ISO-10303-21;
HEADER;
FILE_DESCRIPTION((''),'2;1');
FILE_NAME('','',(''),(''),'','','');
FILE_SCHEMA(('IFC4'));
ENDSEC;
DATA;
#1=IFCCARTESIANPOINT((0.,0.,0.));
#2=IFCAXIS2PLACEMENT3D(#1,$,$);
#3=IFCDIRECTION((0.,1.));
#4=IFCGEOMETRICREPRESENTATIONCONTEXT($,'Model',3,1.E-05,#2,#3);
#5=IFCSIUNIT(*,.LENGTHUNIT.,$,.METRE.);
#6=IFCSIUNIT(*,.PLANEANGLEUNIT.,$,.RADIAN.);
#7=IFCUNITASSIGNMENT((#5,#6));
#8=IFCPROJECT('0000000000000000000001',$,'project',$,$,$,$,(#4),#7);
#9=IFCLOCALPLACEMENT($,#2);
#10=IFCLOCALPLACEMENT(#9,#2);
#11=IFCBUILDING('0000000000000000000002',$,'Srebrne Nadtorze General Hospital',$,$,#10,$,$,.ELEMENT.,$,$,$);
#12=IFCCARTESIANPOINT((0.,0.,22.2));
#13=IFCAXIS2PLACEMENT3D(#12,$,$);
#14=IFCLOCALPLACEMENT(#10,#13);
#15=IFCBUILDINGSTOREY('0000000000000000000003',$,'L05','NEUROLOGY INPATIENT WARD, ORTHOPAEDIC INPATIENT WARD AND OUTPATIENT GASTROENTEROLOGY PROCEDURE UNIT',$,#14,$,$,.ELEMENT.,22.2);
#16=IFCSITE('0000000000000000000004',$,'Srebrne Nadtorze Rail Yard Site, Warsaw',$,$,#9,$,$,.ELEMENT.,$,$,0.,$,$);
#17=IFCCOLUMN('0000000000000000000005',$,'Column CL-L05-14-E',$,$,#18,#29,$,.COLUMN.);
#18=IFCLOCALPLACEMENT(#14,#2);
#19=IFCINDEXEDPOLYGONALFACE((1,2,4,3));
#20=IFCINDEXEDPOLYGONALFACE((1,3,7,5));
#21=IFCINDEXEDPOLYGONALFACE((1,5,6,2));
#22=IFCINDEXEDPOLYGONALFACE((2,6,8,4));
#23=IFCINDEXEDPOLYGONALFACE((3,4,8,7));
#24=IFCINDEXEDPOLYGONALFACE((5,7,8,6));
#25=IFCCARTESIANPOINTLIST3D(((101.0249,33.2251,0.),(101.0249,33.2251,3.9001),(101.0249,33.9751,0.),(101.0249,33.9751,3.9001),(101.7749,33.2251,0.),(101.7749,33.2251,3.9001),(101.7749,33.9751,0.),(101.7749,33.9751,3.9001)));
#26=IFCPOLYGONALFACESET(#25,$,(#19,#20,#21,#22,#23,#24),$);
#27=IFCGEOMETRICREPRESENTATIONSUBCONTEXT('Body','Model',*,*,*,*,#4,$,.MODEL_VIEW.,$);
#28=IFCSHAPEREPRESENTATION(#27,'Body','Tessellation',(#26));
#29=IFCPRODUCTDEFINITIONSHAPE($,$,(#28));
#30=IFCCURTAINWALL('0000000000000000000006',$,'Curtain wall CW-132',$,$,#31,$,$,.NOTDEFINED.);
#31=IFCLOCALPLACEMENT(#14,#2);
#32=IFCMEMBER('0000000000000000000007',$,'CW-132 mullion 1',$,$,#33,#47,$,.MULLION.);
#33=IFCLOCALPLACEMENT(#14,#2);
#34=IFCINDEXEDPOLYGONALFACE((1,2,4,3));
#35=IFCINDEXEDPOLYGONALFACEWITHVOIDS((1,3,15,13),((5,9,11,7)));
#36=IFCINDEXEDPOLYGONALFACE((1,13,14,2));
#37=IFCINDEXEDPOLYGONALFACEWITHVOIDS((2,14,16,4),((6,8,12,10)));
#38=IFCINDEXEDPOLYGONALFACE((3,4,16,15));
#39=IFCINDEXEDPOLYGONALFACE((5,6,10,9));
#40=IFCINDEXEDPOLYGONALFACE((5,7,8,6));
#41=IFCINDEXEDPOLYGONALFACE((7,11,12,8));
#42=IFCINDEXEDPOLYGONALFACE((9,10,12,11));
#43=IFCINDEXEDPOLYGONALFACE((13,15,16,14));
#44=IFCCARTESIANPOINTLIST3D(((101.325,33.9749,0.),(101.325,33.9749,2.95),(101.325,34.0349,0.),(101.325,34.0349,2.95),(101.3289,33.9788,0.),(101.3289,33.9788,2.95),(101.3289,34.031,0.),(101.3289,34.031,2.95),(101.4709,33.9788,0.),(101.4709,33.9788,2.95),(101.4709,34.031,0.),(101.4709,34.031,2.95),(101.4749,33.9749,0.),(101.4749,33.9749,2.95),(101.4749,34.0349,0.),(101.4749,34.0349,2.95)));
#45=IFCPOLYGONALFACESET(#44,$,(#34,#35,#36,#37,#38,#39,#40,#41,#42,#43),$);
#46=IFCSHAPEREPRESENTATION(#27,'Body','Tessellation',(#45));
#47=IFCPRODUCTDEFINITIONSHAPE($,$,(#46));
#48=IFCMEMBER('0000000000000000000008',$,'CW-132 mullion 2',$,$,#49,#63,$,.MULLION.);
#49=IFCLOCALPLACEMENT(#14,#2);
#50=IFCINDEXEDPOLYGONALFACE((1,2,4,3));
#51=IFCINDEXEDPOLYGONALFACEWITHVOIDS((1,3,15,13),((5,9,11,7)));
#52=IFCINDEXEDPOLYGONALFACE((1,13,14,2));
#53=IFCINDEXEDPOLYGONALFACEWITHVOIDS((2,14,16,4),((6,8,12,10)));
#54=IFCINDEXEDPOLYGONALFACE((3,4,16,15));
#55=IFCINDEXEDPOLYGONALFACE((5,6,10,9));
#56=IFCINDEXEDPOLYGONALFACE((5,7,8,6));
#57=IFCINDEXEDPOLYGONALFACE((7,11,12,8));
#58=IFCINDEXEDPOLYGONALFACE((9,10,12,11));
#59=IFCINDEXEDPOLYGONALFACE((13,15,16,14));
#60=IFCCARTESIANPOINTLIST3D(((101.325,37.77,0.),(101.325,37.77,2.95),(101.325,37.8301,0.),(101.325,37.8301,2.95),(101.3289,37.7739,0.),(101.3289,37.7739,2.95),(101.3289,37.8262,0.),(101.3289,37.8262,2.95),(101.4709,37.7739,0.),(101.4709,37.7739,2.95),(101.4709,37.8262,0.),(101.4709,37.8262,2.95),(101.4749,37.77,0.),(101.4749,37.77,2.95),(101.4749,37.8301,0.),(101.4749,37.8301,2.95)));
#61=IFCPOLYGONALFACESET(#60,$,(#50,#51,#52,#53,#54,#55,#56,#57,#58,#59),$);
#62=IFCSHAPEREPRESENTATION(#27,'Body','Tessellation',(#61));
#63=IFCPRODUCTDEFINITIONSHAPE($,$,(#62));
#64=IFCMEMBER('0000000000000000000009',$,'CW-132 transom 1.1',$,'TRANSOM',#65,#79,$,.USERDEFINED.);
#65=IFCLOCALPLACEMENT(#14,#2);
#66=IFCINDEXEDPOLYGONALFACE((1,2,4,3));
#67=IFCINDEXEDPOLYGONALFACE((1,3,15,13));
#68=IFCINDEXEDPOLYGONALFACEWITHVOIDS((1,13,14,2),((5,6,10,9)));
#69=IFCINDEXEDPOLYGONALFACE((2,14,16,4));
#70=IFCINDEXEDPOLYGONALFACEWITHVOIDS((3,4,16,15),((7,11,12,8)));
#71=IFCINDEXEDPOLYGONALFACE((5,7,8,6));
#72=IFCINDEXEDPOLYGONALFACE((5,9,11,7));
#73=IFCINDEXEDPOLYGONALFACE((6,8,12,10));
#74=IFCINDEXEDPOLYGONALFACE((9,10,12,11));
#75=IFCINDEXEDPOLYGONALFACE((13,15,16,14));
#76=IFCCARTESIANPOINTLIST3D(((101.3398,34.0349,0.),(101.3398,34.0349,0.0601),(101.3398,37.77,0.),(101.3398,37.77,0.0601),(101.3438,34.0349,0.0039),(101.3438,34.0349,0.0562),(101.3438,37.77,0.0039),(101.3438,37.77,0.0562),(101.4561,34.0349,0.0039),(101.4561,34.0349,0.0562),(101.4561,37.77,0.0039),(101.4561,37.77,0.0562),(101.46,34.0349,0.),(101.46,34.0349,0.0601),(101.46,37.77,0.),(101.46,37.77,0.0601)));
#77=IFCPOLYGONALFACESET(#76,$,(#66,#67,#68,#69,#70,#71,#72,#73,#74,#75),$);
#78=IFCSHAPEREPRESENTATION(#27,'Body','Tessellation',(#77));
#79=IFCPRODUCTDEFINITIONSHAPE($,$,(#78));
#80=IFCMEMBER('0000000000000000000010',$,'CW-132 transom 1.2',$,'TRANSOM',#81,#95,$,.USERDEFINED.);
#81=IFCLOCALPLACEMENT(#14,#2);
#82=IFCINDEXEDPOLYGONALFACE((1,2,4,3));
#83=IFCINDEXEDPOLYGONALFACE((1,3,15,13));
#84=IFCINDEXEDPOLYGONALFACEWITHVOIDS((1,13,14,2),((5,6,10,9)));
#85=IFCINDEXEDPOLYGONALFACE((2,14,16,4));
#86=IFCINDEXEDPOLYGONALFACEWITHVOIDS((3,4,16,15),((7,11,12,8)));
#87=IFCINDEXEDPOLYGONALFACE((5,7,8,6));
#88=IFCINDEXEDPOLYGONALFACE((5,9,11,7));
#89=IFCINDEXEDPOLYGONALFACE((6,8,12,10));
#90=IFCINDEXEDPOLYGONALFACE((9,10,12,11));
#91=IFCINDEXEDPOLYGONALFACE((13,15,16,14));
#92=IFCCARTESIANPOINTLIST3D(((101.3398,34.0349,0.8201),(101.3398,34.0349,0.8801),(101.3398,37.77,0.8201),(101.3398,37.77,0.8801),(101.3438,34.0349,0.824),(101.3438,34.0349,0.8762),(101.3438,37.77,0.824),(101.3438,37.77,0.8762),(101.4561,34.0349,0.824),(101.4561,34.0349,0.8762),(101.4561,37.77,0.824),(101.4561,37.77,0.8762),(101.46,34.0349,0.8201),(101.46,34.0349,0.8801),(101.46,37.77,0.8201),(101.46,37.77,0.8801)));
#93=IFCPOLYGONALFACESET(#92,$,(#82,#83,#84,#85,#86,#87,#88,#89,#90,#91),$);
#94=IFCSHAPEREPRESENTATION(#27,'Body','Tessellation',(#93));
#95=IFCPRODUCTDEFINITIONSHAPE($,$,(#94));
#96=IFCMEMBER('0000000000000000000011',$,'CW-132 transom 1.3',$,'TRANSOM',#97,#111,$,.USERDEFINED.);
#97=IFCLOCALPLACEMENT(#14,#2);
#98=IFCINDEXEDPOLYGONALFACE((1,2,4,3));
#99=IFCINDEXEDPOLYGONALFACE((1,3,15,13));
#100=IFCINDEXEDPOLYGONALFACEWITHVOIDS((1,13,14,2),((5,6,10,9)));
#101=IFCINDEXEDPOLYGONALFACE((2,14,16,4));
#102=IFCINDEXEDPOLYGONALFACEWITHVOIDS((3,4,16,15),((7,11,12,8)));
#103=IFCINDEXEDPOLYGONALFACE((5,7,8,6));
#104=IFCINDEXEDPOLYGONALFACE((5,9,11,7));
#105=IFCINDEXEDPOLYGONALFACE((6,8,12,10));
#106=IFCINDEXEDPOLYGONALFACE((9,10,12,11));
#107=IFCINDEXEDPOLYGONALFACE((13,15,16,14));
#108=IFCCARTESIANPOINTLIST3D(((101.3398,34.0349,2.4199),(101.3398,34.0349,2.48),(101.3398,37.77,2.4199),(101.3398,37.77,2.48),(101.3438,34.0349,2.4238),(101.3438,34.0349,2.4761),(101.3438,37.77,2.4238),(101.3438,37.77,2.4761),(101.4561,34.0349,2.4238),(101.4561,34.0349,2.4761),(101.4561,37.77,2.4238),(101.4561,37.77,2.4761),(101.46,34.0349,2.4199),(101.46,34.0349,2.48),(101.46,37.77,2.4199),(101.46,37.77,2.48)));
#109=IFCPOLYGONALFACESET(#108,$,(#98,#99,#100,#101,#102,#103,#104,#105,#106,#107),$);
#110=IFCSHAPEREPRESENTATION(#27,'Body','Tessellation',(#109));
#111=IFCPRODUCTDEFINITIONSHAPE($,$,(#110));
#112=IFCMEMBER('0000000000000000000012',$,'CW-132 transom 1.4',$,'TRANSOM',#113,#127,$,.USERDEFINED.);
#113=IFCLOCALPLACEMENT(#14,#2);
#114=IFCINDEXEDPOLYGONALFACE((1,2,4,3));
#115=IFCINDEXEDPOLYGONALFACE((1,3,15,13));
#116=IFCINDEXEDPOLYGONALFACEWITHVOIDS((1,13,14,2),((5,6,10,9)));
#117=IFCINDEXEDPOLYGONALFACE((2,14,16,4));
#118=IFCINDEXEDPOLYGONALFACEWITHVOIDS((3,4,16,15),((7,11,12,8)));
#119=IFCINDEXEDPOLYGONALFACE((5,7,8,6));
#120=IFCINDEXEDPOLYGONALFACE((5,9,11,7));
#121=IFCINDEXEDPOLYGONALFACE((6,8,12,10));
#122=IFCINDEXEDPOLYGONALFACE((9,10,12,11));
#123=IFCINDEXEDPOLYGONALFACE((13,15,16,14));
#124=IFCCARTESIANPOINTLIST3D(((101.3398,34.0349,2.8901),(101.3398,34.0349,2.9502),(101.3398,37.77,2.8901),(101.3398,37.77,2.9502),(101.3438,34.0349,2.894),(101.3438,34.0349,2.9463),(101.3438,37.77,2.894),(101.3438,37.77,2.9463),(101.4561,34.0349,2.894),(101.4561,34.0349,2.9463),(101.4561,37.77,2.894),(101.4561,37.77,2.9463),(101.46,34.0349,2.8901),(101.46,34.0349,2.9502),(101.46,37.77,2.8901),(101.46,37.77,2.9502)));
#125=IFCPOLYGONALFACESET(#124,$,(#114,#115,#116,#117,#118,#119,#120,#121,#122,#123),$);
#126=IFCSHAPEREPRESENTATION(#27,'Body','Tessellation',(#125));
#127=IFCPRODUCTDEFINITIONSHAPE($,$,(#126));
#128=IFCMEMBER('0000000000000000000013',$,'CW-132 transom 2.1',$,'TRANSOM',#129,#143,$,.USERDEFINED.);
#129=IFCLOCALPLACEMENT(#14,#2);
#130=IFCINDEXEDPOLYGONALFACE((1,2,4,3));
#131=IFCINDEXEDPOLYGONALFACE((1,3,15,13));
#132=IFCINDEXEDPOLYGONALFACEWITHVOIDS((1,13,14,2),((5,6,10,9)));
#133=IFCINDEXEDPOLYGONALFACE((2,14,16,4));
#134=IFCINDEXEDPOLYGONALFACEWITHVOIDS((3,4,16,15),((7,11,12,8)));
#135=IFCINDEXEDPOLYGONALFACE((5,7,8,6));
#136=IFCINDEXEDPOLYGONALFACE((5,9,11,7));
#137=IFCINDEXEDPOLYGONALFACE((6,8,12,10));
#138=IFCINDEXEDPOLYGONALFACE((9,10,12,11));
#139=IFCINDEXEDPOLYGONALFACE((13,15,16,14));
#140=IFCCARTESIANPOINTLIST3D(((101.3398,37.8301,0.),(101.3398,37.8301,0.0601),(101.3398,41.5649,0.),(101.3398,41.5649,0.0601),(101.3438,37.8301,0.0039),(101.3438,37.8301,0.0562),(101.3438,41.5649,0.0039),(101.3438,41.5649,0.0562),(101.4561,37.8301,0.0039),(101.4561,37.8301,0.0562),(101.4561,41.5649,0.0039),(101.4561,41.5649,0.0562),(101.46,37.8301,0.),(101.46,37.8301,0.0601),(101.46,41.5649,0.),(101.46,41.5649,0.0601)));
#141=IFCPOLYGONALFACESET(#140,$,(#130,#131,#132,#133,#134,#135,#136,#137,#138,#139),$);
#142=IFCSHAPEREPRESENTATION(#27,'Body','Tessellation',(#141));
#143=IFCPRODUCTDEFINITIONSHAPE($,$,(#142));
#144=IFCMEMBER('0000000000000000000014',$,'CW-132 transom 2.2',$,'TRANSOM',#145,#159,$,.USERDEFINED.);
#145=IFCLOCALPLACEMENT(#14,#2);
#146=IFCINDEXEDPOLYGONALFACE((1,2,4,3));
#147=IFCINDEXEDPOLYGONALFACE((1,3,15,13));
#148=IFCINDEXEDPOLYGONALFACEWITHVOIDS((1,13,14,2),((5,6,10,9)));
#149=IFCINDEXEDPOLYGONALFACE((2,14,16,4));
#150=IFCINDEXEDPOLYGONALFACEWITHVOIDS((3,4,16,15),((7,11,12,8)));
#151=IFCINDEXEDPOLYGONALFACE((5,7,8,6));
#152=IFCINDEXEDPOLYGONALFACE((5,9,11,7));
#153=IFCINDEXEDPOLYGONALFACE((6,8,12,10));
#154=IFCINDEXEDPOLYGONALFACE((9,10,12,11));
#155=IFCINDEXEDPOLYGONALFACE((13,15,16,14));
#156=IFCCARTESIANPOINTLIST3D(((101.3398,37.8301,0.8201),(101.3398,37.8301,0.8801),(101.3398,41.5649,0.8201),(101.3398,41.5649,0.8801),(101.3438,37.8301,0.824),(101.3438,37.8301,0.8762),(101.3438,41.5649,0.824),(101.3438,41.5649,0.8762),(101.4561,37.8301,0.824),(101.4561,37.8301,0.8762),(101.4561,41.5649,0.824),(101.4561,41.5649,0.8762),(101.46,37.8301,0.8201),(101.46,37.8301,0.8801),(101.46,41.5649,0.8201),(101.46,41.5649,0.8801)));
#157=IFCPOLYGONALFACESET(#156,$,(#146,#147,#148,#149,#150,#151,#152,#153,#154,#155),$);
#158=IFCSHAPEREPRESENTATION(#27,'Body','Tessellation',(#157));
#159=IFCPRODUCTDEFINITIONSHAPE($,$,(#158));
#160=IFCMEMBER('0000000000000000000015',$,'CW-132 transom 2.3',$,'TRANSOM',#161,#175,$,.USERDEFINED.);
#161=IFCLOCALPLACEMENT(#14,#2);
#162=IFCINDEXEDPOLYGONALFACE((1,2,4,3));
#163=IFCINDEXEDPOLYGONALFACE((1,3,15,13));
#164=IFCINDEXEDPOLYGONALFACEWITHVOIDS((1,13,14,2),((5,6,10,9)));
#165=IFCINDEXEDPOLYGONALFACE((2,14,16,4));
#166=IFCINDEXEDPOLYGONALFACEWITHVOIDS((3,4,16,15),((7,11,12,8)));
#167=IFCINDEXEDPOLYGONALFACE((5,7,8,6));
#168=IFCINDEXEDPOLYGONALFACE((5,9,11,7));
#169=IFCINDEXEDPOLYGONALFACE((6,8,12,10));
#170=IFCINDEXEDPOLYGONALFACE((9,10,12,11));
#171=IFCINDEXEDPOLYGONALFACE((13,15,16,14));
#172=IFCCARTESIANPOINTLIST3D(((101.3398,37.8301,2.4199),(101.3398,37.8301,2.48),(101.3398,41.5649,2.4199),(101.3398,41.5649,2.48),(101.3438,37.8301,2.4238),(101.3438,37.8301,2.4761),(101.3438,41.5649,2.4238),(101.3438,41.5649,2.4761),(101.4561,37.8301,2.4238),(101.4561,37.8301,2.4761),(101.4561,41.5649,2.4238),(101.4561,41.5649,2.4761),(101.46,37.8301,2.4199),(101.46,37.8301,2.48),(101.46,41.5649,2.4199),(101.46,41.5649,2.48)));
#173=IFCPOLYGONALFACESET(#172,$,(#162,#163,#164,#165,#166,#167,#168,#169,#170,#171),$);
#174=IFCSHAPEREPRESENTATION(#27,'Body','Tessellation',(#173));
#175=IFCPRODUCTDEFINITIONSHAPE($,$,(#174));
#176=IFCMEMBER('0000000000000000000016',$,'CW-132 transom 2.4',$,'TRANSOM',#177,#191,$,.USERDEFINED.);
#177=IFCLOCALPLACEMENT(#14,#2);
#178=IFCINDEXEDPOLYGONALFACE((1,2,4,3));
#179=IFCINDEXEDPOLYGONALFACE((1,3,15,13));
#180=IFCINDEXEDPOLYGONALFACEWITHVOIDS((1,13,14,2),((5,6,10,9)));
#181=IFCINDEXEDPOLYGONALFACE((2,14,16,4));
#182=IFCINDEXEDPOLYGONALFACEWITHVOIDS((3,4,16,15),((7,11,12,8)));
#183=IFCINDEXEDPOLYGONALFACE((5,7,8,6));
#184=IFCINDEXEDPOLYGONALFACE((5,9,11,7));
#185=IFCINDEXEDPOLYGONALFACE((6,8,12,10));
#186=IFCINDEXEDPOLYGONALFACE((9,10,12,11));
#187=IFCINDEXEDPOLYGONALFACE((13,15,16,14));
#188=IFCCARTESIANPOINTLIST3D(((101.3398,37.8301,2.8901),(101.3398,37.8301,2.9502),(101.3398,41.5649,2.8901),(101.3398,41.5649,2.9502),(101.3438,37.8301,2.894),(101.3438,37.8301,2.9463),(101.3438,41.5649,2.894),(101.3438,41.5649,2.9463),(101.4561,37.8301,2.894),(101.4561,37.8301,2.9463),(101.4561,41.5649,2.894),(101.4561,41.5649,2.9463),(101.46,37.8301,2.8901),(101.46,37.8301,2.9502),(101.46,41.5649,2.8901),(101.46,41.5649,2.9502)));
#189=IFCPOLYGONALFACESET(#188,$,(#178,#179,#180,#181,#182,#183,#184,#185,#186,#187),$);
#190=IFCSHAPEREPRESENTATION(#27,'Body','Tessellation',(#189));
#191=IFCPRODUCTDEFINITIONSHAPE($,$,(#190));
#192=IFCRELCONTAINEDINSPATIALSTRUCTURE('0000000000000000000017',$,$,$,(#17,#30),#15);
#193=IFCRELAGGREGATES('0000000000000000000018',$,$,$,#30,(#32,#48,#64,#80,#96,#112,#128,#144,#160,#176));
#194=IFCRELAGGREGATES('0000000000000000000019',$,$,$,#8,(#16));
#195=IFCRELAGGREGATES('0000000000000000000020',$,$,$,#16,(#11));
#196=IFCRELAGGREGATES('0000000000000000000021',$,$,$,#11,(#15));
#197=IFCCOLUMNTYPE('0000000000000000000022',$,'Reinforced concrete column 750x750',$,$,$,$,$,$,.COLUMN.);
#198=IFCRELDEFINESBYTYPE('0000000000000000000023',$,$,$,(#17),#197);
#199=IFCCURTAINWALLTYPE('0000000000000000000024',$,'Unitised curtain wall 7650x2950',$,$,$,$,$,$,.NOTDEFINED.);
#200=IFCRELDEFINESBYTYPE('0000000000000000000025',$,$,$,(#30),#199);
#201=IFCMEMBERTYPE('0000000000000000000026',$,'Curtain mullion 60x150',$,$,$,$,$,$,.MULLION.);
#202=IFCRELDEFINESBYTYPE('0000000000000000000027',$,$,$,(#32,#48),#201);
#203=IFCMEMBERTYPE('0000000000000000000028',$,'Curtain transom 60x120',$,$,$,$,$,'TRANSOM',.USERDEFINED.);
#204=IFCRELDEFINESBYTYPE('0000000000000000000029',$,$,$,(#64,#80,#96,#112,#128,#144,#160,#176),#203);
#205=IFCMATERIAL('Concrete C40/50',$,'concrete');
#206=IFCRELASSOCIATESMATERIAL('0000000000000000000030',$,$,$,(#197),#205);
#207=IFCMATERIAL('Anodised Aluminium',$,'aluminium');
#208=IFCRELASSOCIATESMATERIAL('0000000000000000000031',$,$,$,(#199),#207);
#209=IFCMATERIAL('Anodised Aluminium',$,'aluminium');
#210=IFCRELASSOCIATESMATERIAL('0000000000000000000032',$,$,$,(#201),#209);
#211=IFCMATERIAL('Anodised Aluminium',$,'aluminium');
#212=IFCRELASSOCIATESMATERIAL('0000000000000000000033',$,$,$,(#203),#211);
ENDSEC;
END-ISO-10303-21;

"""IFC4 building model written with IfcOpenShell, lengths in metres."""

from ifc_helpers import new_model, si_unit, direction, frame, origin, origin_2d, place, context, subcontext, project, spatial, rectangle, hollow_rectangle, extrude, material, material_profile, profile_set, type_object, element, aggregate, save


model = new_model("IFC4")

# Units and contexts
model_context = context("Model", 3, precision=1e-05, world=origin(), true_north=direction((0.0, 1.0)))
body_context = subcontext(model_context, "Body", "Model", "MODEL_VIEW")
ifc_project = project(units=[si_unit("LENGTHUNIT", "METRE"), si_unit("PLANEANGLEUNIT", "RADIAN")], contexts=[model_context])

# Site, building, storey
site_placement = place(None, origin())
site = spatial("IfcSite", under=ifc_project, at=site_placement, Name="Srebrne Nadtorze Rail Yard Site, Warsaw", CompositionType="ELEMENT", RefElevation=0.0)
building_placement = place(site_placement, origin())
building = spatial("IfcBuilding", under=site, at=building_placement, Name="Srebrne Nadtorze General Hospital", CompositionType="ELEMENT")
storey_placement = place(building_placement, frame((0.0, 0.0, 22.2)))
storey = spatial("IfcBuildingStorey", under=building, at=storey_placement, Name="L05", Description="NEUROLOGY INPATIENT WARD, ORTHOPAEDIC INPATIENT WARD AND OUTPATIENT GASTROENTEROLOGY PROCEDURE UNIT", CompositionType="ELEMENT", Elevation=22.2)

# Column
ifc_material_1 = material(Name="Concrete C40/50", Category="concrete")
ifc_material_profile_1 = material_profile(ifc_material_1, rectangle(XDim=0.75, YDim=0.75, at=origin_2d()), Name="RC-COL-750x750")
ifc_profile_set_1 = profile_set([ifc_material_profile_1], Name="Concrete C40/50")
column_type = type_object("IfcColumnType", Name="Reinforced concrete column 750x750", PredefinedType="COLUMN", material=ifc_profile_set_1)
column_placement = place(storey_placement, frame((101.3999, 33.6001, 0.0), z_axis=(0.0, 0.0, 1.0), x_axis=(1.0, 0.0, 0.0)))
element("IfcColumn", 1, at=column_placement, inside=storey, type_object=column_type, Name="Column CL-L05-14-E", PredefinedType="COLUMN", context=body_context, shape_type="SweptSolid", body=[
    extrude(rectangle(XDim=0.75, YDim=0.75, at=origin_2d()), origin(), (0.0, 0.0, 1.0), 3.9001),
])

# Curtain wall, members
ifc_material_2 = material(Name="Anodised Aluminium", Category="aluminium")
curtain_wall_type = type_object("IfcCurtainWallType", Name="Unitised curtain wall 7650x2950", PredefinedType="NOTDEFINED", material=ifc_material_2)
curtain_wall_placement = place(storey_placement, origin())
curtain_wall = element("IfcCurtainWall", 2, at=curtain_wall_placement, inside=storey, type_object=curtain_wall_type, Name="Curtain wall CW-132", PredefinedType="NOTDEFINED")
ifc_material_3 = material(Name="Anodised Aluminium", Category="aluminium")
ifc_material_profile_2 = material_profile(ifc_material_3, hollow_rectangle(XDim=0.0601, YDim=0.1499, WallThickness=0.0039, at=origin_2d()), Name="AL-MUL-60x150")
ifc_profile_set_2 = profile_set([ifc_material_profile_2], Name="Anodised Aluminium")
member_type_1 = type_object("IfcMemberType", Name="Curtain mullion 60x150", PredefinedType="MULLION", material=ifc_profile_set_2)
member_1_placement = place(storey_placement, frame((101.3999, 34.0049, 0.0), z_axis=(0.0, 0.0, 1.0), x_axis=(0.0, 1.0, 0.0)))
member_1 = element("IfcMember", 3, at=member_1_placement, type_object=member_type_1, Name="CW-132 mullion 1", PredefinedType="MULLION", context=body_context, shape_type="SweptSolid", body=[
    extrude(hollow_rectangle(XDim=0.0601, YDim=0.1499, WallThickness=0.0039, at=origin_2d()), origin(), (0.0, 0.0, 1.0), 2.95),
])
member_2_placement = place(storey_placement, frame((101.3999, 37.8, 0.0), z_axis=(0.0, 0.0, 1.0), x_axis=(0.0, 1.0, 0.0)))
member_2 = element("IfcMember", 4, at=member_2_placement, type_object=member_type_1, Name="CW-132 mullion 2", PredefinedType="MULLION", context=body_context, shape_type="SweptSolid", body=[
    extrude(hollow_rectangle(XDim=0.0601, YDim=0.1499, WallThickness=0.0039, at=origin_2d()), origin(), (0.0, 0.0, 1.0), 2.95),
])
ifc_material_4 = material(Name="Anodised Aluminium", Category="aluminium")
ifc_material_profile_3 = material_profile(ifc_material_4, hollow_rectangle(XDim=0.0601, YDim=0.1201, WallThickness=0.0039, at=origin_2d()), Name="AL-TRN-60x120")
ifc_profile_set_3 = profile_set([ifc_material_profile_3], Name="Anodised Aluminium")
member_type_2 = type_object("IfcMemberType", Name="Curtain transom 60x120", ElementType="TRANSOM", PredefinedType="USERDEFINED", material=ifc_profile_set_3)
member_3_placement = place(storey_placement, frame((101.3999, 34.0349, 0.03), z_axis=(0.0, 1.0, 0.0), x_axis=(0.0, 0.0, 1.0)))
member_3 = element("IfcMember", 5, at=member_3_placement, type_object=member_type_2, Name="CW-132 transom 1.1", ObjectType="TRANSOM", PredefinedType="USERDEFINED", context=body_context, shape_type="SweptSolid", body=[
    extrude(hollow_rectangle(XDim=0.0601, YDim=0.1201, WallThickness=0.0039, at=origin_2d()), origin(), (0.0, 0.0, 1.0), 3.7351),
])
member_4_placement = place(storey_placement, frame((101.3999, 34.0349, 0.8501), z_axis=(0.0, 1.0, 0.0), x_axis=(0.0, 0.0, 1.0)))
member_4 = element("IfcMember", 6, at=member_4_placement, type_object=member_type_2, Name="CW-132 transom 1.2", ObjectType="TRANSOM", PredefinedType="USERDEFINED", context=body_context, shape_type="SweptSolid", body=[
    extrude(hollow_rectangle(XDim=0.0601, YDim=0.1201, WallThickness=0.0039, at=origin_2d()), origin(), (0.0, 0.0, 1.0), 3.7351),
])
member_5_placement = place(storey_placement, frame((101.3999, 34.0349, 2.45), z_axis=(0.0, 1.0, 0.0), x_axis=(0.0, 0.0, 1.0)))
member_5 = element("IfcMember", 7, at=member_5_placement, type_object=member_type_2, Name="CW-132 transom 1.3", ObjectType="TRANSOM", PredefinedType="USERDEFINED", context=body_context, shape_type="SweptSolid", body=[
    extrude(hollow_rectangle(XDim=0.0601, YDim=0.1201, WallThickness=0.0039, at=origin_2d()), origin(), (0.0, 0.0, 1.0), 3.7351),
])
member_6_placement = place(storey_placement, frame((101.3999, 34.0349, 2.9202), z_axis=(0.0, 1.0, 0.0), x_axis=(0.0, 0.0, 1.0)))
member_6 = element("IfcMember", 8, at=member_6_placement, type_object=member_type_2, Name="CW-132 transom 1.4", ObjectType="TRANSOM", PredefinedType="USERDEFINED", context=body_context, shape_type="SweptSolid", body=[
    extrude(hollow_rectangle(XDim=0.0601, YDim=0.1201, WallThickness=0.0039, at=origin_2d()), origin(), (0.0, 0.0, 1.0), 3.7351),
])
member_7_placement = place(storey_placement, frame((101.3999, 37.8301, 0.03), z_axis=(0.0, 1.0, 0.0), x_axis=(0.0, 0.0, 1.0)))
member_7 = element("IfcMember", 9, at=member_7_placement, type_object=member_type_2, Name="CW-132 transom 2.1", ObjectType="TRANSOM", PredefinedType="USERDEFINED", context=body_context, shape_type="SweptSolid", body=[
    extrude(hollow_rectangle(XDim=0.0601, YDim=0.1201, WallThickness=0.0039, at=origin_2d()), origin(), (0.0, 0.0, 1.0), 3.7349),
])
member_8_placement = place(storey_placement, frame((101.3999, 37.8301, 0.8501), z_axis=(0.0, 1.0, 0.0), x_axis=(0.0, 0.0, 1.0)))
member_8 = element("IfcMember", 10, at=member_8_placement, type_object=member_type_2, Name="CW-132 transom 2.2", ObjectType="TRANSOM", PredefinedType="USERDEFINED", context=body_context, shape_type="SweptSolid", body=[
    extrude(hollow_rectangle(XDim=0.0601, YDim=0.1201, WallThickness=0.0039, at=origin_2d()), origin(), (0.0, 0.0, 1.0), 3.7349),
])
member_9_placement = place(storey_placement, frame((101.3999, 37.8301, 2.45), z_axis=(0.0, 1.0, 0.0), x_axis=(0.0, 0.0, 1.0)))
member_9 = element("IfcMember", 11, at=member_9_placement, type_object=member_type_2, Name="CW-132 transom 2.3", ObjectType="TRANSOM", PredefinedType="USERDEFINED", context=body_context, shape_type="SweptSolid", body=[
    extrude(hollow_rectangle(XDim=0.0601, YDim=0.1201, WallThickness=0.0039, at=origin_2d()), origin(), (0.0, 0.0, 1.0), 3.7349),
])
member_10_placement = place(storey_placement, frame((101.3999, 37.8301, 2.9202), z_axis=(0.0, 1.0, 0.0), x_axis=(0.0, 0.0, 1.0)))
member_10 = element("IfcMember", 12, at=member_10_placement, type_object=member_type_2, Name="CW-132 transom 2.4", ObjectType="TRANSOM", PredefinedType="USERDEFINED", context=body_context, shape_type="SweptSolid", body=[
    extrude(hollow_rectangle(XDim=0.0601, YDim=0.1201, WallThickness=0.0039, at=origin_2d()), origin(), (0.0, 0.0, 1.0), 3.7349),
])

aggregate(curtain_wall, [member_1, member_2, member_3, member_4, member_5, member_6, member_7, member_8, member_9, member_10])

save(model, "model.ifc")
